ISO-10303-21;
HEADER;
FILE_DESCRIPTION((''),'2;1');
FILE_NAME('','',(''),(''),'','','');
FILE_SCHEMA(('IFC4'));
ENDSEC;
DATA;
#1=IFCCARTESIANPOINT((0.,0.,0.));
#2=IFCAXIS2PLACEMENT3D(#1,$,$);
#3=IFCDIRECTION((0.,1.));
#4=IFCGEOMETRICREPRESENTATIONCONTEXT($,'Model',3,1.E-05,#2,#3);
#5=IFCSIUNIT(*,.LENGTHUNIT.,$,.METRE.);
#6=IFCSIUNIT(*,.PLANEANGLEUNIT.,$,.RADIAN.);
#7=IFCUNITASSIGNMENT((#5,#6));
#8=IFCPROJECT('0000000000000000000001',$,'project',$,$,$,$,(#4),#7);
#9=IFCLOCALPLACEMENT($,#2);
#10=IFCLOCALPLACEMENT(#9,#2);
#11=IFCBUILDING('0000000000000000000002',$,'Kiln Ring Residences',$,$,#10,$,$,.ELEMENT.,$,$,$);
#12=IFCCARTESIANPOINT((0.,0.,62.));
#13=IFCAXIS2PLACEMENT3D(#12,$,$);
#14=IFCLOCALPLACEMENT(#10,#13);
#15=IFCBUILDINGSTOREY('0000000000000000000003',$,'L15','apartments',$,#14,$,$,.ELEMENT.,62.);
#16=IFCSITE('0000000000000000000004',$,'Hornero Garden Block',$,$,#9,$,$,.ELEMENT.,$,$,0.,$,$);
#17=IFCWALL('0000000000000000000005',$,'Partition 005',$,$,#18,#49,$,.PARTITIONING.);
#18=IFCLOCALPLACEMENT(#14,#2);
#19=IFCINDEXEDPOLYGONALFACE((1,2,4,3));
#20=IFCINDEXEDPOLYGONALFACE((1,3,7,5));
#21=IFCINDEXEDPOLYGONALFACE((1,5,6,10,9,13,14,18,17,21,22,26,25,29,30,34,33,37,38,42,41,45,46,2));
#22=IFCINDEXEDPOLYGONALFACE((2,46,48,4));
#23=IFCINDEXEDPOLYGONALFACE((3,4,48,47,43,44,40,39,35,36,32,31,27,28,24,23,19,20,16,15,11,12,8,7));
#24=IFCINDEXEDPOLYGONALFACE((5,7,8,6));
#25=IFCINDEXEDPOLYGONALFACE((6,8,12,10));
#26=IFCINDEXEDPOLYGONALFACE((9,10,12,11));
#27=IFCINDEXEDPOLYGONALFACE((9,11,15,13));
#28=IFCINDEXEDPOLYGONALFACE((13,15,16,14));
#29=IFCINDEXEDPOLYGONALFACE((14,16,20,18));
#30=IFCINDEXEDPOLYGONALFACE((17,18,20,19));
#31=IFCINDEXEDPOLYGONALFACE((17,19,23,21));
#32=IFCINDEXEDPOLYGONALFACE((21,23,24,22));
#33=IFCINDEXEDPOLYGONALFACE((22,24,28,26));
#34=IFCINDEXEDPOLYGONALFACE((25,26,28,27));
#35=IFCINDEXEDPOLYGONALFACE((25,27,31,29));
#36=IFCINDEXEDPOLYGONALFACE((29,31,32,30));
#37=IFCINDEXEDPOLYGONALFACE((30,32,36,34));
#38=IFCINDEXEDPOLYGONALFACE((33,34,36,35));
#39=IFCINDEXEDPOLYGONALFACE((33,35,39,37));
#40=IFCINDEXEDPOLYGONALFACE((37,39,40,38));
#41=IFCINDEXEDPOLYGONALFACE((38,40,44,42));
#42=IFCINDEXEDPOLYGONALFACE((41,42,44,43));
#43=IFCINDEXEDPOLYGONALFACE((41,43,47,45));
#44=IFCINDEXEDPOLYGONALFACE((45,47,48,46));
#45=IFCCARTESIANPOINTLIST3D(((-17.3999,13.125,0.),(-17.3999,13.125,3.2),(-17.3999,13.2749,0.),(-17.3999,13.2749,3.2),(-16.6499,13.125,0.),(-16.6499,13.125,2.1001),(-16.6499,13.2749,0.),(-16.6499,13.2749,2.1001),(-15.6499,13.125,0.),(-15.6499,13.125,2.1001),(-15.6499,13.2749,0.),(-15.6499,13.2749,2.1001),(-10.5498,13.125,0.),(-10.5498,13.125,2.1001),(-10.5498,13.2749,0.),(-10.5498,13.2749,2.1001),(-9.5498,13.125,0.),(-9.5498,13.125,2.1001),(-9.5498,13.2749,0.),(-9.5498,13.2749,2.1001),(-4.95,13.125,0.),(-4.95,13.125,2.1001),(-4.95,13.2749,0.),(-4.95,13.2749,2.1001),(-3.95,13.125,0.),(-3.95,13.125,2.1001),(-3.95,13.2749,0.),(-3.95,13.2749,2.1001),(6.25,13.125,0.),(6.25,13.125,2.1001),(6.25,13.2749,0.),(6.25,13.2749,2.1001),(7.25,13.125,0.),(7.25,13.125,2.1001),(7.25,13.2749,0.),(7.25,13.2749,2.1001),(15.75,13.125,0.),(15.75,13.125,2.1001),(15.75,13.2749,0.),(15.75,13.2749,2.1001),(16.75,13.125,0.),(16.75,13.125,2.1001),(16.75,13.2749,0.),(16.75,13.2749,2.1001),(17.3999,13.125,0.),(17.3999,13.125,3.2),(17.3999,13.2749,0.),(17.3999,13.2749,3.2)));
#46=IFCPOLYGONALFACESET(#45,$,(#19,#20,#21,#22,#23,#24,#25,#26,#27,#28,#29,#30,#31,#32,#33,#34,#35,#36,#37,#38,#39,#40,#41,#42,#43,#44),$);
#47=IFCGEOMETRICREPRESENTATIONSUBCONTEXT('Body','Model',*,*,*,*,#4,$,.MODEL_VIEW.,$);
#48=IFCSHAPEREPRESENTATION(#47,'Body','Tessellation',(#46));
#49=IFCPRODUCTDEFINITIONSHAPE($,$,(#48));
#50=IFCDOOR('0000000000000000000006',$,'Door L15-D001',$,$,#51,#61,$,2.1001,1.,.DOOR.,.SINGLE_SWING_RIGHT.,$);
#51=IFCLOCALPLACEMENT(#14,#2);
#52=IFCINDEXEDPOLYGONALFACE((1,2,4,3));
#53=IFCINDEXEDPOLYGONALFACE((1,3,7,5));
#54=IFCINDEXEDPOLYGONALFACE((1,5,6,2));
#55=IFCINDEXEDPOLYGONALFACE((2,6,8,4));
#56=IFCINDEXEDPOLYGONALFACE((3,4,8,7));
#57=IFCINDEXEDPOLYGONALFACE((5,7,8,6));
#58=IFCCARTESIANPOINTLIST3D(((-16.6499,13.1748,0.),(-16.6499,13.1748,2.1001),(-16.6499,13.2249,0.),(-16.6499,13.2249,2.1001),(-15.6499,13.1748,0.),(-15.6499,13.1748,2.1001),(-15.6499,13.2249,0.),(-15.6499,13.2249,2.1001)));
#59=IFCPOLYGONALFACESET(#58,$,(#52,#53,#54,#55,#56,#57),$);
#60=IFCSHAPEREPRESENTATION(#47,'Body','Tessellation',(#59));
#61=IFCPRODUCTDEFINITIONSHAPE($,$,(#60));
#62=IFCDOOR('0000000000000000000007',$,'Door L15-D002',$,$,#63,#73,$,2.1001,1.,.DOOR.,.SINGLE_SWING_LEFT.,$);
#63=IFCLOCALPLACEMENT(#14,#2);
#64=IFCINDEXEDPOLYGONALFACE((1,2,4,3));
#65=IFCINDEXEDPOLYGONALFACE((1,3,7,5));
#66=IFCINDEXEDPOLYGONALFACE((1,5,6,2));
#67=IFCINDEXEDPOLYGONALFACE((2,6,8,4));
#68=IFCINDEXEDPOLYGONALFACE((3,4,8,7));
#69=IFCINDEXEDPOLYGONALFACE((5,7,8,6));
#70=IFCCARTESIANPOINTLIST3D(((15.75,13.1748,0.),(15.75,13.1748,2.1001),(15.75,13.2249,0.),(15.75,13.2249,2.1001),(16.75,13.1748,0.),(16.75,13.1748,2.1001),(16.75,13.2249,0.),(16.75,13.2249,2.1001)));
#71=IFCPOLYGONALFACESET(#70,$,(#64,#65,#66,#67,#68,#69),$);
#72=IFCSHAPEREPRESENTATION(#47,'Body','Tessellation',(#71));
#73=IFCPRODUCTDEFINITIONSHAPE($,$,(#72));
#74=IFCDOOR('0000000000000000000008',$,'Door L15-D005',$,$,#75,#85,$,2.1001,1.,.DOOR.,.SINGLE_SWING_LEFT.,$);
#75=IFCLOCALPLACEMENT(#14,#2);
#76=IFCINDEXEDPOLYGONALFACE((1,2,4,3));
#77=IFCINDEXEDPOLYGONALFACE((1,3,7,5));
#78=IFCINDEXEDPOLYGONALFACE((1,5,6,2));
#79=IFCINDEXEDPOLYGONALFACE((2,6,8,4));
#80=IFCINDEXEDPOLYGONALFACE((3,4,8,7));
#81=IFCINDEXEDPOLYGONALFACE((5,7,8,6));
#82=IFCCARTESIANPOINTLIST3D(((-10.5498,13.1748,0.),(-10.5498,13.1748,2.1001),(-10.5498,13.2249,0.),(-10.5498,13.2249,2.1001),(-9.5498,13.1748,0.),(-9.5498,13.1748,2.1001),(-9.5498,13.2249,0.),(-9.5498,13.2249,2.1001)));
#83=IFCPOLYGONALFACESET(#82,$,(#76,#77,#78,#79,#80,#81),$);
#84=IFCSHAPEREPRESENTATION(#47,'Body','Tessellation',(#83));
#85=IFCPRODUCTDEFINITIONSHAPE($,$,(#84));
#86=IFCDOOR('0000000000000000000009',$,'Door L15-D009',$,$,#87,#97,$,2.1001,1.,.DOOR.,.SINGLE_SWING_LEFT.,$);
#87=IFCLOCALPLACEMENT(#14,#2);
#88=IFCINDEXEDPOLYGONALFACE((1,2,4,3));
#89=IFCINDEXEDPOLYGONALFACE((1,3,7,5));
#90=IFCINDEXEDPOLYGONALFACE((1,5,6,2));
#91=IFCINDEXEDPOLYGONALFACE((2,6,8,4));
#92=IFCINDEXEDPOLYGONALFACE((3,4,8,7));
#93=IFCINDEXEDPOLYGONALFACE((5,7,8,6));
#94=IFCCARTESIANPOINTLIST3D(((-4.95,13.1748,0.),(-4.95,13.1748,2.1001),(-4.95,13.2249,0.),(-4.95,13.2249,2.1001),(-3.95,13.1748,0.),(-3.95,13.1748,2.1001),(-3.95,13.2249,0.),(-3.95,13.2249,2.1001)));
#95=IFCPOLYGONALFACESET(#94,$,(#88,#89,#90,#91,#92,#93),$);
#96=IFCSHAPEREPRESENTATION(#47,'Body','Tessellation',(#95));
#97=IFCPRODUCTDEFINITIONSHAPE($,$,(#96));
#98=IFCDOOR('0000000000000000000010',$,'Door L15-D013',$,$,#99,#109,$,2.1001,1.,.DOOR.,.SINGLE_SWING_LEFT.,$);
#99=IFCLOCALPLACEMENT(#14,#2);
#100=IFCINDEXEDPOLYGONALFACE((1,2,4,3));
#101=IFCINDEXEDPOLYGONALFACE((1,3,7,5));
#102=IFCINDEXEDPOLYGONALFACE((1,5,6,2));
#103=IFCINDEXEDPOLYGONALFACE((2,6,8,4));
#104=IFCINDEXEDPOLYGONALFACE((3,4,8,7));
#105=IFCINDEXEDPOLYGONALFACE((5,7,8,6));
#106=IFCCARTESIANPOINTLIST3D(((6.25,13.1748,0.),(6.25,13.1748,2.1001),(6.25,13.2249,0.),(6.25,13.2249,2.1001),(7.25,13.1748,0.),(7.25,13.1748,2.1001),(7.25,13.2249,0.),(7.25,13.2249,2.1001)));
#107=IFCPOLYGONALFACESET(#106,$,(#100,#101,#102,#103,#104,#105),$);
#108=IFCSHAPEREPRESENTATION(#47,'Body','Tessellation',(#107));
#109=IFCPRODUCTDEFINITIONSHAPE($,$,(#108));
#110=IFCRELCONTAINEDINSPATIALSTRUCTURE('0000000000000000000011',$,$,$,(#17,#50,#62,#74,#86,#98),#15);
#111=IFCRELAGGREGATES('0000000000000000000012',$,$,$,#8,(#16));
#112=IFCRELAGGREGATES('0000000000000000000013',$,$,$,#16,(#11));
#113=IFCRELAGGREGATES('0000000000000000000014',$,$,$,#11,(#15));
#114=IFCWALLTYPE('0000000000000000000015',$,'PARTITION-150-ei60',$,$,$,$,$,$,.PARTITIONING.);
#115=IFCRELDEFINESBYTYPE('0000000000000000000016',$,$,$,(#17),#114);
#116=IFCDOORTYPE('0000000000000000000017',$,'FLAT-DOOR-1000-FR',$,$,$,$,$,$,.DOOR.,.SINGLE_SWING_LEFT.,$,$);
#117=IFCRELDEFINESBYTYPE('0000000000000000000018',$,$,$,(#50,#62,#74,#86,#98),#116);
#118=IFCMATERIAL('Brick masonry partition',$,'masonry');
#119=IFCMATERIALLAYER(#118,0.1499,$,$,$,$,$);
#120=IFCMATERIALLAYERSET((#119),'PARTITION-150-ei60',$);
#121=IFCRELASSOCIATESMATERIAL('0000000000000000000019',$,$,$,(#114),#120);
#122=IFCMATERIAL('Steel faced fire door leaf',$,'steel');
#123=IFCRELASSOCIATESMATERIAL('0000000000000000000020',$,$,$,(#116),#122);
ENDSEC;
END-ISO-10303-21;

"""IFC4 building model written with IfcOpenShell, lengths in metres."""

from ifc_helpers import new_model, si_unit, direction, frame, frame_2d, origin, place, context, subcontext, project, spatial, rectangle, extrude, material, layer, layer_set, type_object, element, fill, save


model = new_model("IFC4")

# Units and contexts
model_context = context("Model", 3, precision=1e-05, world=origin(), true_north=direction((0.0, 1.0)))
body_context = subcontext(model_context, "Body", "Model", "MODEL_VIEW")
ifc_project = project(units=[si_unit("LENGTHUNIT", "METRE"), si_unit("PLANEANGLEUNIT", "RADIAN")], contexts=[model_context])

# Site, building, storey
site_placement = place(None, origin())
site = spatial("IfcSite", under=ifc_project, at=site_placement, Name="Hornero Garden Block", CompositionType="ELEMENT", RefElevation=0.0)
building_placement = place(site_placement, origin())
building = spatial("IfcBuilding", under=site, at=building_placement, Name="Kiln Ring Residences", CompositionType="ELEMENT")
storey_placement = place(building_placement, frame((0.0, 0.0, 62.0)))
storey = spatial("IfcBuildingStorey", under=building, at=storey_placement, Name="L15", Description="apartments", CompositionType="ELEMENT", Elevation=62.0)

# Wall, openings, doors
ifc_material_1 = material(Name="Brick masonry partition", Category="masonry")
ifc_layer_1 = layer(ifc_material_1, 0.1499)
ifc_layer_set_1 = layer_set([ifc_layer_1], Name="PARTITION-150-ei60")
wall_type_1 = type_object("IfcWallType", Name="PARTITION-150-ei60", PredefinedType="PARTITIONING", material=ifc_layer_set_1)
wall_1_placement = place(storey_placement, frame((-17.3999, 13.2, 0.0), z_axis=(0.0, 0.0, 1.0), x_axis=(1.0, 0.0, 0.0)))
wall_1 = element("IfcWall", 1, at=wall_1_placement, inside=storey, type_object=wall_type_1, Name="Partition 005", PredefinedType="PARTITIONING", context=body_context, shape_type="SweptSolid", body=[
    extrude(rectangle(XDim=34.7998, YDim=0.1499, at=frame_2d((17.3999, 0.0))), origin(), (0.0, 0.0, 1.0), 3.2),
])
opening_1_placement = place(wall_1_placement, frame((0.75, 0.0, 0.0)))
opening_1 = element("IfcOpeningElement", 2, at=opening_1_placement, cuts=wall_1, PredefinedType="OPENING", context=body_context, shape_type="SweptSolid", body=[
    extrude(rectangle(XDim=1.0, YDim=2.1001, at=frame_2d((0.5, 1.05))), frame((0.0, 0.085, 0.0), z_axis=(0.0, -1.0, 0.0), x_axis=(1.0, 0.0, 0.0)), (0.0, 0.0, 1.0), 0.1699),
])
opening_2_placement = place(wall_1_placement, frame((33.1499, 0.0, 0.0)))
opening_2 = element("IfcOpeningElement", 3, at=opening_2_placement, cuts=wall_1, PredefinedType="OPENING", context=body_context, shape_type="SweptSolid", body=[
    extrude(rectangle(XDim=1.0, YDim=2.1001, at=frame_2d((0.5, 1.05))), frame((0.0, 0.085, 0.0), z_axis=(0.0, -1.0, 0.0), x_axis=(1.0, 0.0, 0.0)), (0.0, 0.0, 1.0), 0.1699),
])
opening_3_placement = place(wall_1_placement, frame((6.8501, 0.0, 0.0)))
opening_3 = element("IfcOpeningElement", 4, at=opening_3_placement, cuts=wall_1, PredefinedType="OPENING", context=body_context, shape_type="SweptSolid", body=[
    extrude(rectangle(XDim=1.0, YDim=2.1001, at=frame_2d((0.5, 1.05))), frame((0.0, 0.085, 0.0), z_axis=(0.0, -1.0, 0.0), x_axis=(1.0, 0.0, 0.0)), (0.0, 0.0, 1.0), 0.1699),
])
opening_4_placement = place(wall_1_placement, frame((12.45, 0.0, 0.0)))
opening_4 = element("IfcOpeningElement", 5, at=opening_4_placement, cuts=wall_1, PredefinedType="OPENING", context=body_context, shape_type="SweptSolid", body=[
    extrude(rectangle(XDim=1.0, YDim=2.1001, at=frame_2d((0.5, 1.05))), frame((0.0, 0.085, 0.0), z_axis=(0.0, -1.0, 0.0), x_axis=(1.0, 0.0, 0.0)), (0.0, 0.0, 1.0), 0.1699),
])
opening_5_placement = place(wall_1_placement, frame((23.6499, 0.0, 0.0)))
opening_5 = element("IfcOpeningElement", 6, at=opening_5_placement, cuts=wall_1, PredefinedType="OPENING", context=body_context, shape_type="SweptSolid", body=[
    extrude(rectangle(XDim=1.0, YDim=2.1001, at=frame_2d((0.5, 1.05))), frame((0.0, 0.085, 0.0), z_axis=(0.0, -1.0, 0.0), x_axis=(1.0, 0.0, 0.0)), (0.0, 0.0, 1.0), 0.1699),
])
ifc_material_2 = material(Name="Steel faced fire door leaf", Category="steel")
door_type_1 = type_object("IfcDoorType", Name="FLAT-DOOR-1000-FR", OperationType="SINGLE_SWING_LEFT", PredefinedType="DOOR", material=ifc_material_2)
door_1_placement = place(opening_1_placement, origin())
door_1 = element("IfcDoor", 7, at=door_1_placement, inside=storey, type_object=door_type_1, Name="Door L15-D001", OperationType="SINGLE_SWING_RIGHT", OverallHeight=2.1001, OverallWidth=1.0, PredefinedType="DOOR", context=body_context, shape_type="SweptSolid", body=[
    extrude(rectangle(XDim=1.0, YDim=2.1001, at=frame_2d((0.5, 1.05))), frame((0.0, 0.0249, 0.0), z_axis=(0.0, -1.0, 0.0), x_axis=(1.0, 0.0, 0.0)), (0.0, 0.0, 1.0), 0.05),
])
fill(opening_1, door_1)
door_2_placement = place(opening_2_placement, origin())
door_2 = element("IfcDoor", 8, at=door_2_placement, inside=storey, type_object=door_type_1, Name="Door L15-D002", OperationType="SINGLE_SWING_LEFT", OverallHeight=2.1001, OverallWidth=1.0, PredefinedType="DOOR", context=body_context, shape_type="SweptSolid", body=[
    extrude(rectangle(XDim=1.0, YDim=2.1001, at=frame_2d((0.5, 1.05))), frame((0.0, 0.0249, 0.0), z_axis=(0.0, -1.0, 0.0), x_axis=(1.0, 0.0, 0.0)), (0.0, 0.0, 1.0), 0.05),
])
fill(opening_2, door_2)
door_3_placement = place(opening_3_placement, origin())
door_3 = element("IfcDoor", 9, at=door_3_placement, inside=storey, type_object=door_type_1, Name="Door L15-D005", OperationType="SINGLE_SWING_LEFT", OverallHeight=2.1001, OverallWidth=1.0, PredefinedType="DOOR", context=body_context, shape_type="SweptSolid", body=[
    extrude(rectangle(XDim=1.0, YDim=2.1001, at=frame_2d((0.5, 1.05))), frame((0.0, 0.0249, 0.0), z_axis=(0.0, -1.0, 0.0), x_axis=(1.0, 0.0, 0.0)), (0.0, 0.0, 1.0), 0.05),
])
fill(opening_3, door_3)
door_4_placement = place(opening_4_placement, origin())
door_4 = element("IfcDoor", 10, at=door_4_placement, inside=storey, type_object=door_type_1, Name="Door L15-D009", OperationType="SINGLE_SWING_LEFT", OverallHeight=2.1001, OverallWidth=1.0, PredefinedType="DOOR", context=body_context, shape_type="SweptSolid", body=[
    extrude(rectangle(XDim=1.0, YDim=2.1001, at=frame_2d((0.5, 1.05))), frame((0.0, 0.0249, 0.0), z_axis=(0.0, -1.0, 0.0), x_axis=(1.0, 0.0, 0.0)), (0.0, 0.0, 1.0), 0.05),
])
fill(opening_4, door_4)
door_5_placement = place(opening_5_placement, origin())
door_5 = element("IfcDoor", 11, at=door_5_placement, inside=storey, type_object=door_type_1, Name="Door L15-D013", OperationType="SINGLE_SWING_LEFT", OverallHeight=2.1001, OverallWidth=1.0, PredefinedType="DOOR", context=body_context, shape_type="SweptSolid", body=[
    extrude(rectangle(XDim=1.0, YDim=2.1001, at=frame_2d((0.5, 1.05))), frame((0.0, 0.0249, 0.0), z_axis=(0.0, -1.0, 0.0), x_axis=(1.0, 0.0, 0.0)), (0.0, 0.0, 1.0), 0.05),
])
fill(opening_5, door_5)

save(model, "model.ifc")
